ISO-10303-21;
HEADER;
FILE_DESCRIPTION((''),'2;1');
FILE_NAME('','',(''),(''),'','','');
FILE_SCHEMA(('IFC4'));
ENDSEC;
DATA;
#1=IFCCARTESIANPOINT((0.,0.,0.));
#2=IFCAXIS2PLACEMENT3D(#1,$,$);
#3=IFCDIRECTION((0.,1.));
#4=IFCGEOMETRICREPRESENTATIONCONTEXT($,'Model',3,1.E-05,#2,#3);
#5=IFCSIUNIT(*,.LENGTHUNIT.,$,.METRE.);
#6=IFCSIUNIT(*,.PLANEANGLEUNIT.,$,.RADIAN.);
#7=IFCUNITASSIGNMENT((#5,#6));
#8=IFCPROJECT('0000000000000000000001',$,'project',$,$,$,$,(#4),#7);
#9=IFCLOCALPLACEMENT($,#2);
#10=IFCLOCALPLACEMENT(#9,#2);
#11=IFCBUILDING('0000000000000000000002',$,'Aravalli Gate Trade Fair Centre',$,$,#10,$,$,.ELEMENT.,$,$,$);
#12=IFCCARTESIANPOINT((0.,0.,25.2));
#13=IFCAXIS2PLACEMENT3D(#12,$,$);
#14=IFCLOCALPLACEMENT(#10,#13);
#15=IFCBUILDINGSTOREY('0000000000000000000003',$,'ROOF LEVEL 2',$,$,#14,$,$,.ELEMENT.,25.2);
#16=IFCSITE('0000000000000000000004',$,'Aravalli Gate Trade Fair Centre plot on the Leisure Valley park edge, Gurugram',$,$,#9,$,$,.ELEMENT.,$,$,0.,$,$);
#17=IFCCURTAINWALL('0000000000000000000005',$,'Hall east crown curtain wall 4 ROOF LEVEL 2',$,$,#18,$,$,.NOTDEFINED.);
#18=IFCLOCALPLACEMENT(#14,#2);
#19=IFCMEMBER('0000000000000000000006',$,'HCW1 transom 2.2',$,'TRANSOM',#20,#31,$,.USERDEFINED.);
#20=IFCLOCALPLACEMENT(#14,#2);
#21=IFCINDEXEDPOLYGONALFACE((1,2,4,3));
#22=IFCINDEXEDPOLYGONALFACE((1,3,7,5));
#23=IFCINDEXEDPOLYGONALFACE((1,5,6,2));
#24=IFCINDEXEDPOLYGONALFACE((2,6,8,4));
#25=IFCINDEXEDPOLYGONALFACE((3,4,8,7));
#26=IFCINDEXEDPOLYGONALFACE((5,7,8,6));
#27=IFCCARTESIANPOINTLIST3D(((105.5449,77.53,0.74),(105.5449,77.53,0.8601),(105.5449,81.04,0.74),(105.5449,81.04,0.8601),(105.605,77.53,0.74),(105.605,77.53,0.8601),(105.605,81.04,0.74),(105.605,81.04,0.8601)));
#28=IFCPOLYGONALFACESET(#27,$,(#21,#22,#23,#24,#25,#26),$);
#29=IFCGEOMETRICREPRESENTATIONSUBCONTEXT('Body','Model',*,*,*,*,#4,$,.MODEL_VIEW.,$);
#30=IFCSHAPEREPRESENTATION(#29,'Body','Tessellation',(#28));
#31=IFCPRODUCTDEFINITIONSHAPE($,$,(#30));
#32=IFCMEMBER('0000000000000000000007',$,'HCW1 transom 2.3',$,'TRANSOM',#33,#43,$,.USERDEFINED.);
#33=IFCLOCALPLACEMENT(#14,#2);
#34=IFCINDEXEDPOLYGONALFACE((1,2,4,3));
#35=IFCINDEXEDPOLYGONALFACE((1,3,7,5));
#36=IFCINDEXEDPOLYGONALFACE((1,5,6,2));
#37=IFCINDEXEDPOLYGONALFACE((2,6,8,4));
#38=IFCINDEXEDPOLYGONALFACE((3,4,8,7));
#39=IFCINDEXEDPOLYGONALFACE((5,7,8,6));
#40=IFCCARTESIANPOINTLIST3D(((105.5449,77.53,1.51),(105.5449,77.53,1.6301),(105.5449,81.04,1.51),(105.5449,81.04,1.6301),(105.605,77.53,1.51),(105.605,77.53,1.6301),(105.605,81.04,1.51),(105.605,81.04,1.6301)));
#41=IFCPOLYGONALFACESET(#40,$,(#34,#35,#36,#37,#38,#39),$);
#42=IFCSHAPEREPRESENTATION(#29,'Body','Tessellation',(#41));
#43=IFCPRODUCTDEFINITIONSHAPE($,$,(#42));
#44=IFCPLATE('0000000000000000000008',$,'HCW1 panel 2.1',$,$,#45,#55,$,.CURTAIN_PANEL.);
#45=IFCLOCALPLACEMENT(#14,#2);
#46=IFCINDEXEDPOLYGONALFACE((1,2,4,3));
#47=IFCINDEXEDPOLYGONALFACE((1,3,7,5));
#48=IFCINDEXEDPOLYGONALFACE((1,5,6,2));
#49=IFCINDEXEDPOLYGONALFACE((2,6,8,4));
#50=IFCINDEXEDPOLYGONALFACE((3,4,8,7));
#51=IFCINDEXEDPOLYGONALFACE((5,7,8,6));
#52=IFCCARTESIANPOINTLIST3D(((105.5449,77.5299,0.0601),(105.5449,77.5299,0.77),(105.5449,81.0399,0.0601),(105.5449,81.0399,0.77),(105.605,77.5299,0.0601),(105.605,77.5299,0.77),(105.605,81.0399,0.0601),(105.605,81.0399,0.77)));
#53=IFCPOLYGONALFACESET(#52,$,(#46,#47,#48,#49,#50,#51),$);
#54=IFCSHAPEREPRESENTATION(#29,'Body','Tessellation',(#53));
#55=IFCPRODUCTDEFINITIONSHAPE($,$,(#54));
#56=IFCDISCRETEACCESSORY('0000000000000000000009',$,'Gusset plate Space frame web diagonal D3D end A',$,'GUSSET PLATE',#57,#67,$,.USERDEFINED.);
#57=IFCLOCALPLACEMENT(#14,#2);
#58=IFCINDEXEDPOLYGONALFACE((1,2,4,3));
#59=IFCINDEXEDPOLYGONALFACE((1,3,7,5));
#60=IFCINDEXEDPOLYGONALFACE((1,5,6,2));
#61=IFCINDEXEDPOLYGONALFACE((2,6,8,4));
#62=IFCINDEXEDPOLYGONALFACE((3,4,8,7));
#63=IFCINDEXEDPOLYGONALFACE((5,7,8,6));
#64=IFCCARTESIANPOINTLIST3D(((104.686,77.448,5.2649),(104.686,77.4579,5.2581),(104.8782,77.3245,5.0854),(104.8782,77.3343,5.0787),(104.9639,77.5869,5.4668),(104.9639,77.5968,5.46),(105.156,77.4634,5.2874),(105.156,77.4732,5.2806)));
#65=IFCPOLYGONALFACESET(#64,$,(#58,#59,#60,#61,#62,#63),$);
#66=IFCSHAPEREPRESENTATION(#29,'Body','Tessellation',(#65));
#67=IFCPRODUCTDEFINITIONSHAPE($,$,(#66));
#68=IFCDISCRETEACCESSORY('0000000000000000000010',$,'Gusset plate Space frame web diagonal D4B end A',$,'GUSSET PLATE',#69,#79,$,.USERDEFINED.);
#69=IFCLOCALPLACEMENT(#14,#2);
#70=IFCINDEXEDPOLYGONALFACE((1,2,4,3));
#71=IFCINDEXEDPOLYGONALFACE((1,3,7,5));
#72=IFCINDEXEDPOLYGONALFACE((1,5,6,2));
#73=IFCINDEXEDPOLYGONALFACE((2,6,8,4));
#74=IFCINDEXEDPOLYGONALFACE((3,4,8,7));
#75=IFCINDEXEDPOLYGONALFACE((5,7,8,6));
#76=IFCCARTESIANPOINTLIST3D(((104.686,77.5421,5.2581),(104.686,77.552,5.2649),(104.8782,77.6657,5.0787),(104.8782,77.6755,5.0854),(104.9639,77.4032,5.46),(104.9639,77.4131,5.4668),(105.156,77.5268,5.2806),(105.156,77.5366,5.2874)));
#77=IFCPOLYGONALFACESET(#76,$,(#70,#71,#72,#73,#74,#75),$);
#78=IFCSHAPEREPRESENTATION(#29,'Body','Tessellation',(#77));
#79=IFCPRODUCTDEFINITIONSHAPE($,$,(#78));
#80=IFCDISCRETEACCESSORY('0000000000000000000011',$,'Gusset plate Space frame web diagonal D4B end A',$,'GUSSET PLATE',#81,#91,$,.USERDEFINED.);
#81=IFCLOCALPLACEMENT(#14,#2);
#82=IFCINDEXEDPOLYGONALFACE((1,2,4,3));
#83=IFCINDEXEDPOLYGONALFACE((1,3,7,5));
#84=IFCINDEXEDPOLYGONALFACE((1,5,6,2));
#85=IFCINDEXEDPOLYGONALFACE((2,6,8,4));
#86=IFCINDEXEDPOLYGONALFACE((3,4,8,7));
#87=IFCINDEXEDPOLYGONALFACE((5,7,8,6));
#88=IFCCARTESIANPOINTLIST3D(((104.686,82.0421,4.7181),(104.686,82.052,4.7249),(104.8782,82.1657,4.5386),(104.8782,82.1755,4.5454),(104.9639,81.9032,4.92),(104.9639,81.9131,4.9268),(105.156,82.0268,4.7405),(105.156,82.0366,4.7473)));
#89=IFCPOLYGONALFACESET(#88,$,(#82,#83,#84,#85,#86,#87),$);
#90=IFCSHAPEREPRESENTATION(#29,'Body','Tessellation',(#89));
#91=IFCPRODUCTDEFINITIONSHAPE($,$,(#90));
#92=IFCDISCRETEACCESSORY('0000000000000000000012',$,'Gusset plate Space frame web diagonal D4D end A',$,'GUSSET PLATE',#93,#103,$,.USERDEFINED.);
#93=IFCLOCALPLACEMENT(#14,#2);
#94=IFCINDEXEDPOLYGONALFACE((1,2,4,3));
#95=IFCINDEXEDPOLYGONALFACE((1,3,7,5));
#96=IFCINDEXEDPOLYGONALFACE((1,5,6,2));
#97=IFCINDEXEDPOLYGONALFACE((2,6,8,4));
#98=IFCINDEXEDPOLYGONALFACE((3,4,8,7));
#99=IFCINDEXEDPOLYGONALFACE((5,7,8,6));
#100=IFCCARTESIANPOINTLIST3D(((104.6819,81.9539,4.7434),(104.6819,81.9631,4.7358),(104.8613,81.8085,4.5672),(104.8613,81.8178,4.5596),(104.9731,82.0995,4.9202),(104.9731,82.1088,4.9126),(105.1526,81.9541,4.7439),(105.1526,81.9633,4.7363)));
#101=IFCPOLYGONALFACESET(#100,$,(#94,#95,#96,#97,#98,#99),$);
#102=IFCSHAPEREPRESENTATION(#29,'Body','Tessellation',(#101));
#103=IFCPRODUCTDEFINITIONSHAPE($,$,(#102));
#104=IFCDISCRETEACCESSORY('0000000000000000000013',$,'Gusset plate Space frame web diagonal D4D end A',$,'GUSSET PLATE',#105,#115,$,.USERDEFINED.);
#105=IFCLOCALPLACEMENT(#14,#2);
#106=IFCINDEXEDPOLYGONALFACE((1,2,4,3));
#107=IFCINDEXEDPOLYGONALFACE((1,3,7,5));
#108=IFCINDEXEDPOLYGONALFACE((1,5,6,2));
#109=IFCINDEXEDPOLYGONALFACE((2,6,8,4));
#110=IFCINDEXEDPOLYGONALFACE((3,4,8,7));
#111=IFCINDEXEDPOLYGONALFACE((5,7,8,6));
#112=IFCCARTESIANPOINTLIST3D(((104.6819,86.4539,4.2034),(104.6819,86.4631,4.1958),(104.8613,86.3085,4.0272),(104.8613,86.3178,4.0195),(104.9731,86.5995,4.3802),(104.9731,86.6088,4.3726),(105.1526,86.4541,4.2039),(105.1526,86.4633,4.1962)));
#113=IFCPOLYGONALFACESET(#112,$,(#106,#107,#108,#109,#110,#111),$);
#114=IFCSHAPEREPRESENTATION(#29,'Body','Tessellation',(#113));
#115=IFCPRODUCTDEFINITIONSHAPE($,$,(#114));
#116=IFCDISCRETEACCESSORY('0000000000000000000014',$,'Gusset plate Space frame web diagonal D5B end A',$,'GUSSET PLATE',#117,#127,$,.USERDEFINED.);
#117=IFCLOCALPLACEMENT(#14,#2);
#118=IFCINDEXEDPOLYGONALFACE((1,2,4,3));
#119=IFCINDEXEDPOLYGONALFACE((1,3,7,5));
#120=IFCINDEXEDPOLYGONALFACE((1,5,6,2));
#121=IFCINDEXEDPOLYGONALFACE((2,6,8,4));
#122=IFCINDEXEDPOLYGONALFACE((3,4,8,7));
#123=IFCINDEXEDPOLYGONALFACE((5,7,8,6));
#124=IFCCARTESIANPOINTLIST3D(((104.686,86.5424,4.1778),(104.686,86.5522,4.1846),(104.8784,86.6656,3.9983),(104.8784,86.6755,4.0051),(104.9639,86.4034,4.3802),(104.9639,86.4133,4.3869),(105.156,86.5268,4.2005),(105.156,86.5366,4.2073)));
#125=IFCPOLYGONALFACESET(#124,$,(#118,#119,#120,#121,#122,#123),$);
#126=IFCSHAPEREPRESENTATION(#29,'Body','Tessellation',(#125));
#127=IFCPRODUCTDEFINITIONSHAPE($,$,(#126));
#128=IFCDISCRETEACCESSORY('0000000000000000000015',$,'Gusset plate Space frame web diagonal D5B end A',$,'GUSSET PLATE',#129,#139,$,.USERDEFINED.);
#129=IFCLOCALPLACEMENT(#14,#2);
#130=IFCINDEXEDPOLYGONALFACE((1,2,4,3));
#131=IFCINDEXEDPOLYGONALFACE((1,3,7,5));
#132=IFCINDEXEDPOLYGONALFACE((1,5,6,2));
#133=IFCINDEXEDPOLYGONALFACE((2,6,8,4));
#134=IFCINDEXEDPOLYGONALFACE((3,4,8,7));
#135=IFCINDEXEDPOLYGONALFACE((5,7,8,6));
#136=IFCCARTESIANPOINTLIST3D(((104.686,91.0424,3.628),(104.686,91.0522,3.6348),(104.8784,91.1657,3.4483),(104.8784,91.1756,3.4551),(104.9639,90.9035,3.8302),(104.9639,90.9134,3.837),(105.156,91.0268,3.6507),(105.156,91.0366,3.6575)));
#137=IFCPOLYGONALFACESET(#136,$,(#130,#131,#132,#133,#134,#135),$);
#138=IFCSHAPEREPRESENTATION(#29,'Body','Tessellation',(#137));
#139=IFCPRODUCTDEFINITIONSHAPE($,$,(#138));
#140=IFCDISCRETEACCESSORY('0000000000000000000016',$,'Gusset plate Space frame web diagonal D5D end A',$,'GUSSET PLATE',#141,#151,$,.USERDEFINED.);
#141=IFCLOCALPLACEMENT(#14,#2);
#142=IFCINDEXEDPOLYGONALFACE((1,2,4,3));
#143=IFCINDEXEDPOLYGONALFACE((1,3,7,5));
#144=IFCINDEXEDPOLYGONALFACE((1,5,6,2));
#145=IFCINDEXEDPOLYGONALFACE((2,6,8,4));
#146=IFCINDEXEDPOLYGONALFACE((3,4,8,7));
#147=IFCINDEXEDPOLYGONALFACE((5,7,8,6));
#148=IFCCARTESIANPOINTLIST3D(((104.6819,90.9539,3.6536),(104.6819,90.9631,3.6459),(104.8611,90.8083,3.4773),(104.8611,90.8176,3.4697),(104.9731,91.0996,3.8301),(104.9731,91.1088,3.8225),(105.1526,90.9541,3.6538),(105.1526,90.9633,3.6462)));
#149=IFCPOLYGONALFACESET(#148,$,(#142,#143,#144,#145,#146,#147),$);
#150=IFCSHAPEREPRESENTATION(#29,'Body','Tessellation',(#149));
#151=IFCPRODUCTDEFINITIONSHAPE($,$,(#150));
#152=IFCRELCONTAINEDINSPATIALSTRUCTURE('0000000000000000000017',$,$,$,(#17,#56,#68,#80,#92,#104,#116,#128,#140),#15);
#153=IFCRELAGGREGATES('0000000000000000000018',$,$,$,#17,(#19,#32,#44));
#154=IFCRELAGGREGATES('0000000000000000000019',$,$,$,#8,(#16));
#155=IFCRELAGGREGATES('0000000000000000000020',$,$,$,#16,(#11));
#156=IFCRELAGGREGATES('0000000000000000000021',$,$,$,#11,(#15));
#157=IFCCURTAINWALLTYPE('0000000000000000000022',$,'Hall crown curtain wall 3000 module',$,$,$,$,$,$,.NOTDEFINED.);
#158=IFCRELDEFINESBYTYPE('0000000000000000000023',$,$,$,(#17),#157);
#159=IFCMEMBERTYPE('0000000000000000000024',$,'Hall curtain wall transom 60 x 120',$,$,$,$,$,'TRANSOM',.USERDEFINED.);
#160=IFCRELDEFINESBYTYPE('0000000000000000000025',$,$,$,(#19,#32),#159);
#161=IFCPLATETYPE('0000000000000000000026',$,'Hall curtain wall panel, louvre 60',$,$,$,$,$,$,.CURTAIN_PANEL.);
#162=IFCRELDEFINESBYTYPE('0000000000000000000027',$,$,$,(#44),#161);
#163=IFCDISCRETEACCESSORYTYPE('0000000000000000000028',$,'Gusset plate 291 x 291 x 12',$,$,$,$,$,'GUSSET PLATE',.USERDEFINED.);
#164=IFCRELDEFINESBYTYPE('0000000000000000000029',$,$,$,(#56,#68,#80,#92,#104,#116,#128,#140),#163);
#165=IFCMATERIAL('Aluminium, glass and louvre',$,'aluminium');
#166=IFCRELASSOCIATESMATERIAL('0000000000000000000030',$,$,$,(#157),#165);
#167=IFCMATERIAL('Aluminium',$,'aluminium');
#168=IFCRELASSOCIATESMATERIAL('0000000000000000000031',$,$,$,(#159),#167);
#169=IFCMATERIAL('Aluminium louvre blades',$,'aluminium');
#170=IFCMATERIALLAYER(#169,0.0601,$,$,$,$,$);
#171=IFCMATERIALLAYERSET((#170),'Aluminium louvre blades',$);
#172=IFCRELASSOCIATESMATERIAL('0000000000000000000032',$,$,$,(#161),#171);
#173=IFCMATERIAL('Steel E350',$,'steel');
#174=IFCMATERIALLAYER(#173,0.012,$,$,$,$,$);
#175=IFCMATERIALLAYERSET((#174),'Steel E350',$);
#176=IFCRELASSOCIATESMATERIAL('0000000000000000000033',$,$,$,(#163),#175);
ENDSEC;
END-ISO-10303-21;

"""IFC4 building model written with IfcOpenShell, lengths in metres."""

from ifc_helpers import new_model, si_unit, direction, frame, origin, origin_2d, place, context, subcontext, project, spatial, polyline, rectangle, outline, extrude, material, layer, layer_set, material_profile, profile_set, type_object, element, aggregate, save


model = new_model("IFC4")

# Units and contexts
model_context = context("Model", 3, precision=1e-05, world=origin(), true_north=direction((0.0, 1.0)))
body_context = subcontext(model_context, "Body", "Model", "MODEL_VIEW")
ifc_project = project(units=[si_unit("LENGTHUNIT", "METRE"), si_unit("PLANEANGLEUNIT", "RADIAN")], contexts=[model_context])

# Site, building, storey
site_placement = place(None, origin())
site = spatial("IfcSite", under=ifc_project, at=site_placement, Name="Aravalli Gate Trade Fair Centre plot on the Leisure Valley park edge, Gurugram", CompositionType="ELEMENT", RefElevation=0.0)
building_placement = place(site_placement, origin())
building = spatial("IfcBuilding", under=site, at=building_placement, Name="Aravalli Gate Trade Fair Centre", CompositionType="ELEMENT")
storey_placement = place(building_placement, frame((0.0, 0.0, 25.2)))
storey = spatial("IfcBuildingStorey", under=building, at=storey_placement, Name="ROOF LEVEL 2", CompositionType="ELEMENT", Elevation=25.2)

# Shared definitions
ifc_material_1 = material(Name="Steel E350", Category="steel")

# Curtain wall, members, plate
ifc_material_2 = material(Name="Aluminium, glass and louvre", Category="aluminium")
curtain_wall_type = type_object("IfcCurtainWallType", Name="Hall crown curtain wall 3000 module", PredefinedType="NOTDEFINED", material=ifc_material_2)
curtain_wall_placement = place(storey_placement, origin())
curtain_wall = element("IfcCurtainWall", 1, at=curtain_wall_placement, inside=storey, type_object=curtain_wall_type, Name="Hall east crown curtain wall 4 ROOF LEVEL 2", PredefinedType="NOTDEFINED")
ifc_material_3 = material(Name="Aluminium", Category="aluminium")
ifc_material_profile_1 = material_profile(ifc_material_3, rectangle(XDim=0.0601, YDim=0.1201, at=origin_2d()), Name="Hall curtain wall transom 60 x 120")
ifc_profile_set_1 = profile_set([ifc_material_profile_1], Name="Aluminium")
member_type_1 = type_object("IfcMemberType", Name="Hall curtain wall transom 60 x 120", ElementType="TRANSOM", PredefinedType="USERDEFINED", material=ifc_profile_set_1)
member_1_placement = place(storey_placement, frame((105.575, 77.53, 0.8), z_axis=(0.0, 1.0, 0.0), x_axis=(-1.0, 0.0, 0.0)))
member_1 = element("IfcMember", 2, at=member_1_placement, type_object=member_type_1, Name="HCW1 transom 2.2", ObjectType="TRANSOM", PredefinedType="USERDEFINED", context=body_context, shape_type="SweptSolid", body=[
    extrude(rectangle(XDim=0.0601, YDim=0.1201, at=origin_2d()), origin(), (0.0, 0.0, 1.0), 3.51),
])
member_2_placement = place(storey_placement, frame((105.575, 77.53, 1.5701), z_axis=(0.0, 1.0, 0.0), x_axis=(-1.0, 0.0, 0.0)))
member_2 = element("IfcMember", 3, at=member_2_placement, type_object=member_type_1, Name="HCW1 transom 2.3", ObjectType="TRANSOM", PredefinedType="USERDEFINED", context=body_context, shape_type="SweptSolid", body=[
    extrude(rectangle(XDim=0.0601, YDim=0.1201, at=origin_2d()), origin(), (0.0, 0.0, 1.0), 3.51),
])
ifc_material_4 = material(Name="Aluminium louvre blades", Category="aluminium")
ifc_layer_1 = layer(ifc_material_4, 0.0601)
ifc_layer_set_1 = layer_set([ifc_layer_1], Name="Aluminium louvre blades")
plate_type = type_object("IfcPlateType", Name="Hall curtain wall panel, louvre 60", PredefinedType="CURTAIN_PANEL", material=ifc_layer_set_1)
plate_placement = place(storey_placement, frame((105.575, 79.2849, 0.0601), z_axis=(0.0, 0.0, 1.0), x_axis=(0.0, 1.0, 0.0)))
plate = element("IfcPlate", 4, at=plate_placement, type_object=plate_type, Name="HCW1 panel 2.1", PredefinedType="CURTAIN_PANEL", context=body_context, shape_type="SweptSolid", body=[
    extrude(rectangle(XDim=3.51, YDim=0.0601, at=origin_2d()), origin(), (0.0, 0.0, 1.0), 0.71),
])
aggregate(curtain_wall, [member_1, member_2, plate])

# Discrete accessories
ifc_layer_2 = layer(ifc_material_1, 0.012)
ifc_layer_set_2 = layer_set([ifc_layer_2], Name="Steel E350")
discrete_accessory_type = type_object("IfcDiscreteAccessoryType", Name="Gusset plate 291 x 291 x 12", ElementType="GUSSET PLATE", PredefinedType="USERDEFINED", material=ifc_layer_set_2)
discrete_accessory_1_placement = place(storey_placement, frame((104.686, 77.448, 5.2649), z_axis=(-0.000137, -0.82375, 0.566952), x_axis=(0.749929, 0.374965, 0.544984)))
element("IfcDiscreteAccessory", 5, at=discrete_accessory_1_placement, inside=storey, type_object=discrete_accessory_type, Name="Gusset plate Space frame web diagonal D3D end A", ObjectType="GUSSET PLATE", PredefinedType="USERDEFINED", context=body_context, shape_type="SweptSolid", body=[
    extrude(outline(polyline([(0.0, 0.0), (0.3705, 0.0), (0.3705, -0.2905), (0.0, -0.2905), (0.0, 0.0)])), origin(), (0.0, 0.0, -1.0), 0.012),
])
for number, where, z_axis, x_axis, name in (
    (6, (104.686, 77.552, 5.2649), (-0.000137, 0.82375, 0.566952), (0.749929, -0.374965, 0.544984), "Gusset plate Space frame web diagonal D4B end A"),
    (7, (104.686, 82.052, 4.7249), (-0.000137, 0.82375, 0.566952), (0.749929, -0.374965, 0.544984), "Gusset plate Space frame web diagonal D4B end A"),
):
    element("IfcDiscreteAccessory", number, at=place(storey_placement, frame(where, z_axis=z_axis, x_axis=x_axis)), inside=storey, type_object=discrete_accessory_type, Name=name, ObjectType="GUSSET PLATE", PredefinedType="USERDEFINED", context=body_context, shape_type="SweptSolid", body=[
        extrude(outline(polyline([(0.0, 0.0), (0.3705, 0.0), (0.3705, 0.2905), (0.0, 0.2905), (0.0, 0.0)])), origin(), (0.0, 0.0, -1.0), 0.012),
    ])
for number, where, z_axis, x_axis, name in (
    (8, (104.6819, 81.9539, 4.7434), (-0.00026, -0.771582, 0.63613), (0.785986, 0.393126, 0.477156), "Gusset plate Space frame web diagonal D4D end A"),
    (9, (104.6819, 86.4539, 4.2034), (-0.00026, -0.771582, 0.63613), (0.785986, 0.393126, 0.477156), "Gusset plate Space frame web diagonal D4D end A"),
):
    element("IfcDiscreteAccessory", number, at=place(storey_placement, frame(where, z_axis=z_axis, x_axis=x_axis)), inside=storey, type_object=discrete_accessory_type, Name=name, ObjectType="GUSSET PLATE", PredefinedType="USERDEFINED", context=body_context, shape_type="SweptSolid", body=[
        extrude(outline(polyline([(0.0, 0.0), (0.3706, 0.0), (0.3703, -0.2906), (-0.0002, -0.2905), (0.0, 0.0)])), origin(), (0.0, 0.0, -1.0), 0.012),
    ])
discrete_accessory_2_placement = place(storey_placement, frame((104.686, 86.5522, 4.1846), z_axis=(0.000059, 0.824356, 0.566072), x_axis=(0.749391, -0.374849, 0.545804)))
element("IfcDiscreteAccessory", 10, at=discrete_accessory_2_placement, inside=storey, type_object=discrete_accessory_type, Name="Gusset plate Space frame web diagonal D5B end A", ObjectType="GUSSET PLATE", PredefinedType="USERDEFINED", context=body_context, shape_type="SweptSolid", body=[
    extrude(outline(polyline([(0.0, 0.0), (0.3707, 0.0), (0.3704, 0.2905), (0.0, 0.2905), (0.0, 0.0)])), origin(), (0.0, 0.0, -1.0), 0.012),
])
discrete_accessory_3_placement = place(storey_placement, frame((104.686, 91.0522, 3.6348), z_axis=(0.000059, 0.824356, 0.566072), x_axis=(0.74966, -0.374676, 0.545552)))
element("IfcDiscreteAccessory", 11, at=discrete_accessory_3_placement, inside=storey, type_object=discrete_accessory_type, Name="Gusset plate Space frame web diagonal D5B end A", ObjectType="GUSSET PLATE", PredefinedType="USERDEFINED", context=body_context, shape_type="SweptSolid", body=[
    extrude(outline(polyline([(0.0, 0.0), (0.3706, 0.0), (0.3706, 0.2904), (0.0, 0.2907), (0.0, 0.0)])), origin(), (0.0, 0.0, -1.0), 0.012),
])
discrete_accessory_4_placement = place(storey_placement, frame((104.6819, 90.9539, 3.6536), z_axis=(0.00007, -0.771155, 0.636648), x_axis=(0.786233, 0.393446, 0.476485)))
element("IfcDiscreteAccessory", 12, at=discrete_accessory_4_placement, inside=storey, type_object=discrete_accessory_type, Name="Gusset plate Space frame web diagonal D5D end A", ObjectType="GUSSET PLATE", PredefinedType="USERDEFINED", context=body_context, shape_type="SweptSolid", body=[
    extrude(outline(polyline([(0.0, 0.0), (0.3704, 0.0), (0.3703, -0.2906), (-0.0003, -0.2904), (0.0, 0.0)])), origin(), (0.0, 0.0, -1.0), 0.012),
])

save(model, "model.ifc")
